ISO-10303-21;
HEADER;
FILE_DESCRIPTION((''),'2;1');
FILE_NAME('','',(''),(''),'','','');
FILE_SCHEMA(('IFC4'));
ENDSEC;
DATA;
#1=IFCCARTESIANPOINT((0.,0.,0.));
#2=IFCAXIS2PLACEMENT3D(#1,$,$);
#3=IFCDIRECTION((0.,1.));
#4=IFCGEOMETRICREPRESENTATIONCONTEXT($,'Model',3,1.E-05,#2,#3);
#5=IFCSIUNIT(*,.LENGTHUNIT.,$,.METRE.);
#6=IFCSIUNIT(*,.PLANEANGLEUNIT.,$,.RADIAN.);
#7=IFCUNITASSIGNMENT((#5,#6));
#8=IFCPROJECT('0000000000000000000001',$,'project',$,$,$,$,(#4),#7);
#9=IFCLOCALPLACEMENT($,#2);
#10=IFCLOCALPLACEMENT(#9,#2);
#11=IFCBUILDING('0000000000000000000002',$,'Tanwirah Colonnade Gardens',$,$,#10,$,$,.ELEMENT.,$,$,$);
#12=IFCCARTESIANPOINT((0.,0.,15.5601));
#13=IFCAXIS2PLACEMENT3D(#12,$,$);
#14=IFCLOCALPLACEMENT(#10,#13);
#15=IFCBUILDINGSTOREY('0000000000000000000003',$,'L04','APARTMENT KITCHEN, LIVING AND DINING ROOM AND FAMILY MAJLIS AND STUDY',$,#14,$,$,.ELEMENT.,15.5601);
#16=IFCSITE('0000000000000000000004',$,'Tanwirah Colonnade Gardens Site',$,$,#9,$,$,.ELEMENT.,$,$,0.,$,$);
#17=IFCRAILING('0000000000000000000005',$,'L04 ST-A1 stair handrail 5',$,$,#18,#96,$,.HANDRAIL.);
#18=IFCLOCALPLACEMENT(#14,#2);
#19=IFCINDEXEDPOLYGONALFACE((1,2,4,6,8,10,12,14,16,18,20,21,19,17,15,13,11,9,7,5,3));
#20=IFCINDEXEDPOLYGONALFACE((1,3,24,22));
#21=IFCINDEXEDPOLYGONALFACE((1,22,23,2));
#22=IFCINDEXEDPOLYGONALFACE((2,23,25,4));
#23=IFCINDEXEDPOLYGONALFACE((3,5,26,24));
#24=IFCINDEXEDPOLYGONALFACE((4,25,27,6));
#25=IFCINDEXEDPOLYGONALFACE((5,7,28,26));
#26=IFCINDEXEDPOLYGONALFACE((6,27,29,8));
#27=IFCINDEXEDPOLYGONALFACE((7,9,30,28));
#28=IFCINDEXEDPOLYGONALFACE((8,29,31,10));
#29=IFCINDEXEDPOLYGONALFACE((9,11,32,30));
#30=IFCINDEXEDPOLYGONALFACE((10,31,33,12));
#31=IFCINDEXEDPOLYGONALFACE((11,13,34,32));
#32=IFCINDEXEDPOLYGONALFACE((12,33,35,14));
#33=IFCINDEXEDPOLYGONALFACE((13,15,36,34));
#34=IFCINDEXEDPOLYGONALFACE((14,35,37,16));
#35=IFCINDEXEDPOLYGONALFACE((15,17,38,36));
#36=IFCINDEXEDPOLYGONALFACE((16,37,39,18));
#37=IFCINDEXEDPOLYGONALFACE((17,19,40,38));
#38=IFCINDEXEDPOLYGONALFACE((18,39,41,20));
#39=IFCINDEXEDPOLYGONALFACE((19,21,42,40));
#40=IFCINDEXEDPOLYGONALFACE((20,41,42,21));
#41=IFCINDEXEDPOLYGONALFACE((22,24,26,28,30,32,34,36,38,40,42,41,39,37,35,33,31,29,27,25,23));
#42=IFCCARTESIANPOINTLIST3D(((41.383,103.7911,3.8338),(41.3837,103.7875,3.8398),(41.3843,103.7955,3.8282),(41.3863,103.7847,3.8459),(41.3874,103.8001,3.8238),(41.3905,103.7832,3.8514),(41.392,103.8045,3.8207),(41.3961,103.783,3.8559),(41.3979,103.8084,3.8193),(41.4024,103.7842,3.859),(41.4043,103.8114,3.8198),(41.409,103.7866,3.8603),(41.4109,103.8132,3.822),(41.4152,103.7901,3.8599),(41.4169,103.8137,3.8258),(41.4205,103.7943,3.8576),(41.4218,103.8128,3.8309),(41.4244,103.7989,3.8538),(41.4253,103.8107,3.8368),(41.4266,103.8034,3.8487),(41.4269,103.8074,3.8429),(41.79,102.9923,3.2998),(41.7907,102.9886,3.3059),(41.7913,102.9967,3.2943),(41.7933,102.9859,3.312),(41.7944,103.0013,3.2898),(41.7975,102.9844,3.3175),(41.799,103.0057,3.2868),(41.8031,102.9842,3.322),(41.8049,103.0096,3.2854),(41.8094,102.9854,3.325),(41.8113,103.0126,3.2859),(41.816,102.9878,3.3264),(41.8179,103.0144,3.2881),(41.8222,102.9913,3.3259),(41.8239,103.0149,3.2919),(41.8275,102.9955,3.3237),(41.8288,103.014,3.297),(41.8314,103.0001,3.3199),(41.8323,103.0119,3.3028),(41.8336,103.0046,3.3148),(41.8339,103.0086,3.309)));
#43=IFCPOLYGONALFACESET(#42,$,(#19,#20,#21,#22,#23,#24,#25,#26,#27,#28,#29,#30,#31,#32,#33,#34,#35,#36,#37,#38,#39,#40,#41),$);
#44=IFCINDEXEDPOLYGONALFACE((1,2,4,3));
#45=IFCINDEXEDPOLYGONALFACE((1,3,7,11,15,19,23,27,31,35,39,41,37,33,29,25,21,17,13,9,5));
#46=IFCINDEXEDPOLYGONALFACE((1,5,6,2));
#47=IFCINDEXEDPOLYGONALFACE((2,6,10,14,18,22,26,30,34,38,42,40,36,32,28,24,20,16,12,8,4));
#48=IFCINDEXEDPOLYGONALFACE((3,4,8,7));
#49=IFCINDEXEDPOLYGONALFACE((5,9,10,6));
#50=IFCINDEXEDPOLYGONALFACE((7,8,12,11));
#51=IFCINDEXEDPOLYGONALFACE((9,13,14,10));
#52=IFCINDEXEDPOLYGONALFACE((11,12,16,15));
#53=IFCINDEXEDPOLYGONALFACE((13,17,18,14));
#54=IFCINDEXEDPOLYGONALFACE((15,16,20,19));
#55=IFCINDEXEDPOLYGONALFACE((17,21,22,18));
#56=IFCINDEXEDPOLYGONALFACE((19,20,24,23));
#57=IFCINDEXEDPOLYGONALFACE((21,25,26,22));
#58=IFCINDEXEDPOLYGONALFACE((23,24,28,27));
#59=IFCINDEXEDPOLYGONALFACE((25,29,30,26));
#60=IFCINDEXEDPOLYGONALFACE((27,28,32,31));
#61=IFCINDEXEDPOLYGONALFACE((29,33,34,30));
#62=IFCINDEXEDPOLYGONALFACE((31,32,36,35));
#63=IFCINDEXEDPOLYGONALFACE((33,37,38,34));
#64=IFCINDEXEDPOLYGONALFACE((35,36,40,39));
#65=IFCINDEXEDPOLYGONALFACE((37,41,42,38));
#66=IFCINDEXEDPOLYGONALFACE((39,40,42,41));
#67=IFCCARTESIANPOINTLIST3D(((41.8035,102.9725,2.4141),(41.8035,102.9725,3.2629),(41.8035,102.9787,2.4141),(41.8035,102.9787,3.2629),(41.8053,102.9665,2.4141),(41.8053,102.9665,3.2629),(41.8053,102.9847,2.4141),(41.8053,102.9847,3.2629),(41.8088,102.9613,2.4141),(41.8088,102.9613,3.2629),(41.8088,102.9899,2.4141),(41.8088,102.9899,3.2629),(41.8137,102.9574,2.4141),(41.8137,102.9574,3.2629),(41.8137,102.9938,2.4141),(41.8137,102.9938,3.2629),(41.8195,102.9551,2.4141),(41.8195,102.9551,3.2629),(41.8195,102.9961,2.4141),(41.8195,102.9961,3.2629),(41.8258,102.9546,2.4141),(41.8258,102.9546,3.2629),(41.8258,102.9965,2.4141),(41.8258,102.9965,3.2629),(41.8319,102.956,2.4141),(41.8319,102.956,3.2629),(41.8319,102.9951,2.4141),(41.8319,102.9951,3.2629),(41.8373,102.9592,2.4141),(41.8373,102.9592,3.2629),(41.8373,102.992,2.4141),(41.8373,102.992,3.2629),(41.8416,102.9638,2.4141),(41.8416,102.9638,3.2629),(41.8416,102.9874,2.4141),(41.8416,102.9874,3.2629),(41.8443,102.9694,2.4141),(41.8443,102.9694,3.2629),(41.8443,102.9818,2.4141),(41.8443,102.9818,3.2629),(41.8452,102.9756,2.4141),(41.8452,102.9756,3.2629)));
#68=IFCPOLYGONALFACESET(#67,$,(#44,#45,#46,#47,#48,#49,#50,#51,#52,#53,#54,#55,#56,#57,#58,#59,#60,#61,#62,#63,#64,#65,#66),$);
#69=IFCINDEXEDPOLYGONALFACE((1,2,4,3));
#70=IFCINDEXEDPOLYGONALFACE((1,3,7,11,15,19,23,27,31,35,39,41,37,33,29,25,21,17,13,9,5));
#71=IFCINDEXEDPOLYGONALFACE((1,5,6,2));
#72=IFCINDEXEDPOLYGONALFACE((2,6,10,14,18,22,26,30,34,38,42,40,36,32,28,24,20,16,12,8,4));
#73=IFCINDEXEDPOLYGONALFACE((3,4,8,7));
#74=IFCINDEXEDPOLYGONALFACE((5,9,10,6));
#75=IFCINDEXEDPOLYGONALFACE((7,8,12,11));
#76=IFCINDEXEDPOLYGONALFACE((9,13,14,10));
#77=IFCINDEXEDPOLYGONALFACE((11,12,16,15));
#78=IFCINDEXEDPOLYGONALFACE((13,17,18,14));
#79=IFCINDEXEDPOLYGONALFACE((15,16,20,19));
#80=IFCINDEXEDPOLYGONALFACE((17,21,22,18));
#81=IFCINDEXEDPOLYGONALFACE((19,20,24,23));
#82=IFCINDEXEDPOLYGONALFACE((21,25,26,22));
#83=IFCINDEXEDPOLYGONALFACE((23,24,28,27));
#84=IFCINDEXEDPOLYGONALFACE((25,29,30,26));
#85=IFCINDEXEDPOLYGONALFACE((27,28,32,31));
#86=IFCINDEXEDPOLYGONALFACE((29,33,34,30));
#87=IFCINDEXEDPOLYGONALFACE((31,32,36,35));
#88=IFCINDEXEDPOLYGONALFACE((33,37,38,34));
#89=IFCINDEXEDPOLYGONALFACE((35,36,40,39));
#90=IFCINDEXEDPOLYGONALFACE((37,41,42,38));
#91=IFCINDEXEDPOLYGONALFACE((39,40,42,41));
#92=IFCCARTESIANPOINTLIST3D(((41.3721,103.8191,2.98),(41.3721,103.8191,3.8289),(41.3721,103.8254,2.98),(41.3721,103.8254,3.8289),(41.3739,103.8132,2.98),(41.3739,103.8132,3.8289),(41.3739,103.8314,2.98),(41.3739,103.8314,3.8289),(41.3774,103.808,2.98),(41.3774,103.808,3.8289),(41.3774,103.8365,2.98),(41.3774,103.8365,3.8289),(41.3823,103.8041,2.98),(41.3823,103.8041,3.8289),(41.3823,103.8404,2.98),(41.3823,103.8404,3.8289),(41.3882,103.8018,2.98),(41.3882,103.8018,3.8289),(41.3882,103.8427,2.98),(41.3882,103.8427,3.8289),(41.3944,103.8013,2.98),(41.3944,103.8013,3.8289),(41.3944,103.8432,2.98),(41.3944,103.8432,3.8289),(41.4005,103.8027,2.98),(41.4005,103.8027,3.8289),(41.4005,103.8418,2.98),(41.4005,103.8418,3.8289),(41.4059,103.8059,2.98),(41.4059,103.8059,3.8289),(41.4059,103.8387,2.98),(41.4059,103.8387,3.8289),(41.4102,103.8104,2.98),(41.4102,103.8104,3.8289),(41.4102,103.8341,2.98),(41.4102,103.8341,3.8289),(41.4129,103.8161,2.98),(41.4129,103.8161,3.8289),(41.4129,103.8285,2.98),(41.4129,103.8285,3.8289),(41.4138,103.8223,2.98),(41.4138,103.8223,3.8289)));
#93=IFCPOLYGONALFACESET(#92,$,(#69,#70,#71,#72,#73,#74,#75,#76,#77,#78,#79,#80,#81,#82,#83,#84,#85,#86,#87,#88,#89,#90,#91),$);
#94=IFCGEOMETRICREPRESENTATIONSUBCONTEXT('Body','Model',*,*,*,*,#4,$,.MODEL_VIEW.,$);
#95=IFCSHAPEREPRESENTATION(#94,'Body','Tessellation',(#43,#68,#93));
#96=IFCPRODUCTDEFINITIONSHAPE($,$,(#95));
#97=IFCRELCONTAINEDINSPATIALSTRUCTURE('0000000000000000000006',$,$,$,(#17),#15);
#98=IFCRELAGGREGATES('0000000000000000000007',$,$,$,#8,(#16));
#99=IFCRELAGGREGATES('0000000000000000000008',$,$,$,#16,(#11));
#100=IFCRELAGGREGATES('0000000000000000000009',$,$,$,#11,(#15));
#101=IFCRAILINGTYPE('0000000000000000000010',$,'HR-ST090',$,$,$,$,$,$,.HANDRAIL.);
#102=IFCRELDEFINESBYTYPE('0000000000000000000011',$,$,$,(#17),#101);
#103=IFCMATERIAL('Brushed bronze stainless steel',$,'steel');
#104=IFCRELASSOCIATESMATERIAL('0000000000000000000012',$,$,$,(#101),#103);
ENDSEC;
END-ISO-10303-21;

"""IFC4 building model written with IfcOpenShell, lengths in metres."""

from ifc_helpers import new_model, si_unit, direction, frame, origin, origin_2d, place, context, subcontext, project, spatial, circle, extrude, material, type_object, element, save


model = new_model("IFC4")

# Units and contexts
model_context = context("Model", 3, precision=1e-05, world=origin(), true_north=direction((0.0, 1.0)))
body_context = subcontext(model_context, "Body", "Model", "MODEL_VIEW")
ifc_project = project(units=[si_unit("LENGTHUNIT", "METRE"), si_unit("PLANEANGLEUNIT", "RADIAN")], contexts=[model_context])

# Site, building, storey
site_placement = place(None, origin())
site = spatial("IfcSite", under=ifc_project, at=site_placement, Name="Tanwirah Colonnade Gardens Site", CompositionType="ELEMENT", RefElevation=0.0)
building_placement = place(site_placement, origin())
building = spatial("IfcBuilding", under=site, at=building_placement, Name="Tanwirah Colonnade Gardens", CompositionType="ELEMENT")
storey_placement = place(building_placement, frame((0.0, 0.0, 15.5601)))
storey = spatial("IfcBuildingStorey", under=building, at=storey_placement, Name="L04", Description="APARTMENT KITCHEN, LIVING AND DINING ROOM AND FAMILY MAJLIS AND STUDY", CompositionType="ELEMENT", Elevation=15.5601)

# Railing
ifc_material_1 = material(Name="Brushed bronze stainless steel", Category="steel")
railing_type_1 = type_object("IfcRailingType", Name="HR-ST090", PredefinedType="HANDRAIL", material=ifc_material_1)
railing_1_placement = place(storey_placement, frame((41.8242, 102.9756, 2.4141)))
element("IfcRailing", 1, at=railing_1_placement, inside=storey, type_object=railing_type_1, Name="L04 ST-A1 stair handrail 5", PredefinedType="HANDRAIL", context=body_context, shape_type="SweptSolid", body=[
    extrude(circle(Radius=0.0239, at=origin_2d()), frame((-0.0122, 0.0239, 0.8918), z_axis=(-0.390052, 0.765534, 0.511681), x_axis=(-0.89101, -0.453984, 0.0)), (0.0, 0.0, 1.0), 1.0435),
    extrude(circle(Radius=0.021, at=origin_2d()), origin(), (0.0, 0.0, 1.0), 0.8489),
    extrude(circle(Radius=0.021, at=origin_2d()), frame((-0.4314, 0.8467, 0.5659)), (0.0, 0.0, 1.0), 0.8489),
])

save(model, "model.ifc")
